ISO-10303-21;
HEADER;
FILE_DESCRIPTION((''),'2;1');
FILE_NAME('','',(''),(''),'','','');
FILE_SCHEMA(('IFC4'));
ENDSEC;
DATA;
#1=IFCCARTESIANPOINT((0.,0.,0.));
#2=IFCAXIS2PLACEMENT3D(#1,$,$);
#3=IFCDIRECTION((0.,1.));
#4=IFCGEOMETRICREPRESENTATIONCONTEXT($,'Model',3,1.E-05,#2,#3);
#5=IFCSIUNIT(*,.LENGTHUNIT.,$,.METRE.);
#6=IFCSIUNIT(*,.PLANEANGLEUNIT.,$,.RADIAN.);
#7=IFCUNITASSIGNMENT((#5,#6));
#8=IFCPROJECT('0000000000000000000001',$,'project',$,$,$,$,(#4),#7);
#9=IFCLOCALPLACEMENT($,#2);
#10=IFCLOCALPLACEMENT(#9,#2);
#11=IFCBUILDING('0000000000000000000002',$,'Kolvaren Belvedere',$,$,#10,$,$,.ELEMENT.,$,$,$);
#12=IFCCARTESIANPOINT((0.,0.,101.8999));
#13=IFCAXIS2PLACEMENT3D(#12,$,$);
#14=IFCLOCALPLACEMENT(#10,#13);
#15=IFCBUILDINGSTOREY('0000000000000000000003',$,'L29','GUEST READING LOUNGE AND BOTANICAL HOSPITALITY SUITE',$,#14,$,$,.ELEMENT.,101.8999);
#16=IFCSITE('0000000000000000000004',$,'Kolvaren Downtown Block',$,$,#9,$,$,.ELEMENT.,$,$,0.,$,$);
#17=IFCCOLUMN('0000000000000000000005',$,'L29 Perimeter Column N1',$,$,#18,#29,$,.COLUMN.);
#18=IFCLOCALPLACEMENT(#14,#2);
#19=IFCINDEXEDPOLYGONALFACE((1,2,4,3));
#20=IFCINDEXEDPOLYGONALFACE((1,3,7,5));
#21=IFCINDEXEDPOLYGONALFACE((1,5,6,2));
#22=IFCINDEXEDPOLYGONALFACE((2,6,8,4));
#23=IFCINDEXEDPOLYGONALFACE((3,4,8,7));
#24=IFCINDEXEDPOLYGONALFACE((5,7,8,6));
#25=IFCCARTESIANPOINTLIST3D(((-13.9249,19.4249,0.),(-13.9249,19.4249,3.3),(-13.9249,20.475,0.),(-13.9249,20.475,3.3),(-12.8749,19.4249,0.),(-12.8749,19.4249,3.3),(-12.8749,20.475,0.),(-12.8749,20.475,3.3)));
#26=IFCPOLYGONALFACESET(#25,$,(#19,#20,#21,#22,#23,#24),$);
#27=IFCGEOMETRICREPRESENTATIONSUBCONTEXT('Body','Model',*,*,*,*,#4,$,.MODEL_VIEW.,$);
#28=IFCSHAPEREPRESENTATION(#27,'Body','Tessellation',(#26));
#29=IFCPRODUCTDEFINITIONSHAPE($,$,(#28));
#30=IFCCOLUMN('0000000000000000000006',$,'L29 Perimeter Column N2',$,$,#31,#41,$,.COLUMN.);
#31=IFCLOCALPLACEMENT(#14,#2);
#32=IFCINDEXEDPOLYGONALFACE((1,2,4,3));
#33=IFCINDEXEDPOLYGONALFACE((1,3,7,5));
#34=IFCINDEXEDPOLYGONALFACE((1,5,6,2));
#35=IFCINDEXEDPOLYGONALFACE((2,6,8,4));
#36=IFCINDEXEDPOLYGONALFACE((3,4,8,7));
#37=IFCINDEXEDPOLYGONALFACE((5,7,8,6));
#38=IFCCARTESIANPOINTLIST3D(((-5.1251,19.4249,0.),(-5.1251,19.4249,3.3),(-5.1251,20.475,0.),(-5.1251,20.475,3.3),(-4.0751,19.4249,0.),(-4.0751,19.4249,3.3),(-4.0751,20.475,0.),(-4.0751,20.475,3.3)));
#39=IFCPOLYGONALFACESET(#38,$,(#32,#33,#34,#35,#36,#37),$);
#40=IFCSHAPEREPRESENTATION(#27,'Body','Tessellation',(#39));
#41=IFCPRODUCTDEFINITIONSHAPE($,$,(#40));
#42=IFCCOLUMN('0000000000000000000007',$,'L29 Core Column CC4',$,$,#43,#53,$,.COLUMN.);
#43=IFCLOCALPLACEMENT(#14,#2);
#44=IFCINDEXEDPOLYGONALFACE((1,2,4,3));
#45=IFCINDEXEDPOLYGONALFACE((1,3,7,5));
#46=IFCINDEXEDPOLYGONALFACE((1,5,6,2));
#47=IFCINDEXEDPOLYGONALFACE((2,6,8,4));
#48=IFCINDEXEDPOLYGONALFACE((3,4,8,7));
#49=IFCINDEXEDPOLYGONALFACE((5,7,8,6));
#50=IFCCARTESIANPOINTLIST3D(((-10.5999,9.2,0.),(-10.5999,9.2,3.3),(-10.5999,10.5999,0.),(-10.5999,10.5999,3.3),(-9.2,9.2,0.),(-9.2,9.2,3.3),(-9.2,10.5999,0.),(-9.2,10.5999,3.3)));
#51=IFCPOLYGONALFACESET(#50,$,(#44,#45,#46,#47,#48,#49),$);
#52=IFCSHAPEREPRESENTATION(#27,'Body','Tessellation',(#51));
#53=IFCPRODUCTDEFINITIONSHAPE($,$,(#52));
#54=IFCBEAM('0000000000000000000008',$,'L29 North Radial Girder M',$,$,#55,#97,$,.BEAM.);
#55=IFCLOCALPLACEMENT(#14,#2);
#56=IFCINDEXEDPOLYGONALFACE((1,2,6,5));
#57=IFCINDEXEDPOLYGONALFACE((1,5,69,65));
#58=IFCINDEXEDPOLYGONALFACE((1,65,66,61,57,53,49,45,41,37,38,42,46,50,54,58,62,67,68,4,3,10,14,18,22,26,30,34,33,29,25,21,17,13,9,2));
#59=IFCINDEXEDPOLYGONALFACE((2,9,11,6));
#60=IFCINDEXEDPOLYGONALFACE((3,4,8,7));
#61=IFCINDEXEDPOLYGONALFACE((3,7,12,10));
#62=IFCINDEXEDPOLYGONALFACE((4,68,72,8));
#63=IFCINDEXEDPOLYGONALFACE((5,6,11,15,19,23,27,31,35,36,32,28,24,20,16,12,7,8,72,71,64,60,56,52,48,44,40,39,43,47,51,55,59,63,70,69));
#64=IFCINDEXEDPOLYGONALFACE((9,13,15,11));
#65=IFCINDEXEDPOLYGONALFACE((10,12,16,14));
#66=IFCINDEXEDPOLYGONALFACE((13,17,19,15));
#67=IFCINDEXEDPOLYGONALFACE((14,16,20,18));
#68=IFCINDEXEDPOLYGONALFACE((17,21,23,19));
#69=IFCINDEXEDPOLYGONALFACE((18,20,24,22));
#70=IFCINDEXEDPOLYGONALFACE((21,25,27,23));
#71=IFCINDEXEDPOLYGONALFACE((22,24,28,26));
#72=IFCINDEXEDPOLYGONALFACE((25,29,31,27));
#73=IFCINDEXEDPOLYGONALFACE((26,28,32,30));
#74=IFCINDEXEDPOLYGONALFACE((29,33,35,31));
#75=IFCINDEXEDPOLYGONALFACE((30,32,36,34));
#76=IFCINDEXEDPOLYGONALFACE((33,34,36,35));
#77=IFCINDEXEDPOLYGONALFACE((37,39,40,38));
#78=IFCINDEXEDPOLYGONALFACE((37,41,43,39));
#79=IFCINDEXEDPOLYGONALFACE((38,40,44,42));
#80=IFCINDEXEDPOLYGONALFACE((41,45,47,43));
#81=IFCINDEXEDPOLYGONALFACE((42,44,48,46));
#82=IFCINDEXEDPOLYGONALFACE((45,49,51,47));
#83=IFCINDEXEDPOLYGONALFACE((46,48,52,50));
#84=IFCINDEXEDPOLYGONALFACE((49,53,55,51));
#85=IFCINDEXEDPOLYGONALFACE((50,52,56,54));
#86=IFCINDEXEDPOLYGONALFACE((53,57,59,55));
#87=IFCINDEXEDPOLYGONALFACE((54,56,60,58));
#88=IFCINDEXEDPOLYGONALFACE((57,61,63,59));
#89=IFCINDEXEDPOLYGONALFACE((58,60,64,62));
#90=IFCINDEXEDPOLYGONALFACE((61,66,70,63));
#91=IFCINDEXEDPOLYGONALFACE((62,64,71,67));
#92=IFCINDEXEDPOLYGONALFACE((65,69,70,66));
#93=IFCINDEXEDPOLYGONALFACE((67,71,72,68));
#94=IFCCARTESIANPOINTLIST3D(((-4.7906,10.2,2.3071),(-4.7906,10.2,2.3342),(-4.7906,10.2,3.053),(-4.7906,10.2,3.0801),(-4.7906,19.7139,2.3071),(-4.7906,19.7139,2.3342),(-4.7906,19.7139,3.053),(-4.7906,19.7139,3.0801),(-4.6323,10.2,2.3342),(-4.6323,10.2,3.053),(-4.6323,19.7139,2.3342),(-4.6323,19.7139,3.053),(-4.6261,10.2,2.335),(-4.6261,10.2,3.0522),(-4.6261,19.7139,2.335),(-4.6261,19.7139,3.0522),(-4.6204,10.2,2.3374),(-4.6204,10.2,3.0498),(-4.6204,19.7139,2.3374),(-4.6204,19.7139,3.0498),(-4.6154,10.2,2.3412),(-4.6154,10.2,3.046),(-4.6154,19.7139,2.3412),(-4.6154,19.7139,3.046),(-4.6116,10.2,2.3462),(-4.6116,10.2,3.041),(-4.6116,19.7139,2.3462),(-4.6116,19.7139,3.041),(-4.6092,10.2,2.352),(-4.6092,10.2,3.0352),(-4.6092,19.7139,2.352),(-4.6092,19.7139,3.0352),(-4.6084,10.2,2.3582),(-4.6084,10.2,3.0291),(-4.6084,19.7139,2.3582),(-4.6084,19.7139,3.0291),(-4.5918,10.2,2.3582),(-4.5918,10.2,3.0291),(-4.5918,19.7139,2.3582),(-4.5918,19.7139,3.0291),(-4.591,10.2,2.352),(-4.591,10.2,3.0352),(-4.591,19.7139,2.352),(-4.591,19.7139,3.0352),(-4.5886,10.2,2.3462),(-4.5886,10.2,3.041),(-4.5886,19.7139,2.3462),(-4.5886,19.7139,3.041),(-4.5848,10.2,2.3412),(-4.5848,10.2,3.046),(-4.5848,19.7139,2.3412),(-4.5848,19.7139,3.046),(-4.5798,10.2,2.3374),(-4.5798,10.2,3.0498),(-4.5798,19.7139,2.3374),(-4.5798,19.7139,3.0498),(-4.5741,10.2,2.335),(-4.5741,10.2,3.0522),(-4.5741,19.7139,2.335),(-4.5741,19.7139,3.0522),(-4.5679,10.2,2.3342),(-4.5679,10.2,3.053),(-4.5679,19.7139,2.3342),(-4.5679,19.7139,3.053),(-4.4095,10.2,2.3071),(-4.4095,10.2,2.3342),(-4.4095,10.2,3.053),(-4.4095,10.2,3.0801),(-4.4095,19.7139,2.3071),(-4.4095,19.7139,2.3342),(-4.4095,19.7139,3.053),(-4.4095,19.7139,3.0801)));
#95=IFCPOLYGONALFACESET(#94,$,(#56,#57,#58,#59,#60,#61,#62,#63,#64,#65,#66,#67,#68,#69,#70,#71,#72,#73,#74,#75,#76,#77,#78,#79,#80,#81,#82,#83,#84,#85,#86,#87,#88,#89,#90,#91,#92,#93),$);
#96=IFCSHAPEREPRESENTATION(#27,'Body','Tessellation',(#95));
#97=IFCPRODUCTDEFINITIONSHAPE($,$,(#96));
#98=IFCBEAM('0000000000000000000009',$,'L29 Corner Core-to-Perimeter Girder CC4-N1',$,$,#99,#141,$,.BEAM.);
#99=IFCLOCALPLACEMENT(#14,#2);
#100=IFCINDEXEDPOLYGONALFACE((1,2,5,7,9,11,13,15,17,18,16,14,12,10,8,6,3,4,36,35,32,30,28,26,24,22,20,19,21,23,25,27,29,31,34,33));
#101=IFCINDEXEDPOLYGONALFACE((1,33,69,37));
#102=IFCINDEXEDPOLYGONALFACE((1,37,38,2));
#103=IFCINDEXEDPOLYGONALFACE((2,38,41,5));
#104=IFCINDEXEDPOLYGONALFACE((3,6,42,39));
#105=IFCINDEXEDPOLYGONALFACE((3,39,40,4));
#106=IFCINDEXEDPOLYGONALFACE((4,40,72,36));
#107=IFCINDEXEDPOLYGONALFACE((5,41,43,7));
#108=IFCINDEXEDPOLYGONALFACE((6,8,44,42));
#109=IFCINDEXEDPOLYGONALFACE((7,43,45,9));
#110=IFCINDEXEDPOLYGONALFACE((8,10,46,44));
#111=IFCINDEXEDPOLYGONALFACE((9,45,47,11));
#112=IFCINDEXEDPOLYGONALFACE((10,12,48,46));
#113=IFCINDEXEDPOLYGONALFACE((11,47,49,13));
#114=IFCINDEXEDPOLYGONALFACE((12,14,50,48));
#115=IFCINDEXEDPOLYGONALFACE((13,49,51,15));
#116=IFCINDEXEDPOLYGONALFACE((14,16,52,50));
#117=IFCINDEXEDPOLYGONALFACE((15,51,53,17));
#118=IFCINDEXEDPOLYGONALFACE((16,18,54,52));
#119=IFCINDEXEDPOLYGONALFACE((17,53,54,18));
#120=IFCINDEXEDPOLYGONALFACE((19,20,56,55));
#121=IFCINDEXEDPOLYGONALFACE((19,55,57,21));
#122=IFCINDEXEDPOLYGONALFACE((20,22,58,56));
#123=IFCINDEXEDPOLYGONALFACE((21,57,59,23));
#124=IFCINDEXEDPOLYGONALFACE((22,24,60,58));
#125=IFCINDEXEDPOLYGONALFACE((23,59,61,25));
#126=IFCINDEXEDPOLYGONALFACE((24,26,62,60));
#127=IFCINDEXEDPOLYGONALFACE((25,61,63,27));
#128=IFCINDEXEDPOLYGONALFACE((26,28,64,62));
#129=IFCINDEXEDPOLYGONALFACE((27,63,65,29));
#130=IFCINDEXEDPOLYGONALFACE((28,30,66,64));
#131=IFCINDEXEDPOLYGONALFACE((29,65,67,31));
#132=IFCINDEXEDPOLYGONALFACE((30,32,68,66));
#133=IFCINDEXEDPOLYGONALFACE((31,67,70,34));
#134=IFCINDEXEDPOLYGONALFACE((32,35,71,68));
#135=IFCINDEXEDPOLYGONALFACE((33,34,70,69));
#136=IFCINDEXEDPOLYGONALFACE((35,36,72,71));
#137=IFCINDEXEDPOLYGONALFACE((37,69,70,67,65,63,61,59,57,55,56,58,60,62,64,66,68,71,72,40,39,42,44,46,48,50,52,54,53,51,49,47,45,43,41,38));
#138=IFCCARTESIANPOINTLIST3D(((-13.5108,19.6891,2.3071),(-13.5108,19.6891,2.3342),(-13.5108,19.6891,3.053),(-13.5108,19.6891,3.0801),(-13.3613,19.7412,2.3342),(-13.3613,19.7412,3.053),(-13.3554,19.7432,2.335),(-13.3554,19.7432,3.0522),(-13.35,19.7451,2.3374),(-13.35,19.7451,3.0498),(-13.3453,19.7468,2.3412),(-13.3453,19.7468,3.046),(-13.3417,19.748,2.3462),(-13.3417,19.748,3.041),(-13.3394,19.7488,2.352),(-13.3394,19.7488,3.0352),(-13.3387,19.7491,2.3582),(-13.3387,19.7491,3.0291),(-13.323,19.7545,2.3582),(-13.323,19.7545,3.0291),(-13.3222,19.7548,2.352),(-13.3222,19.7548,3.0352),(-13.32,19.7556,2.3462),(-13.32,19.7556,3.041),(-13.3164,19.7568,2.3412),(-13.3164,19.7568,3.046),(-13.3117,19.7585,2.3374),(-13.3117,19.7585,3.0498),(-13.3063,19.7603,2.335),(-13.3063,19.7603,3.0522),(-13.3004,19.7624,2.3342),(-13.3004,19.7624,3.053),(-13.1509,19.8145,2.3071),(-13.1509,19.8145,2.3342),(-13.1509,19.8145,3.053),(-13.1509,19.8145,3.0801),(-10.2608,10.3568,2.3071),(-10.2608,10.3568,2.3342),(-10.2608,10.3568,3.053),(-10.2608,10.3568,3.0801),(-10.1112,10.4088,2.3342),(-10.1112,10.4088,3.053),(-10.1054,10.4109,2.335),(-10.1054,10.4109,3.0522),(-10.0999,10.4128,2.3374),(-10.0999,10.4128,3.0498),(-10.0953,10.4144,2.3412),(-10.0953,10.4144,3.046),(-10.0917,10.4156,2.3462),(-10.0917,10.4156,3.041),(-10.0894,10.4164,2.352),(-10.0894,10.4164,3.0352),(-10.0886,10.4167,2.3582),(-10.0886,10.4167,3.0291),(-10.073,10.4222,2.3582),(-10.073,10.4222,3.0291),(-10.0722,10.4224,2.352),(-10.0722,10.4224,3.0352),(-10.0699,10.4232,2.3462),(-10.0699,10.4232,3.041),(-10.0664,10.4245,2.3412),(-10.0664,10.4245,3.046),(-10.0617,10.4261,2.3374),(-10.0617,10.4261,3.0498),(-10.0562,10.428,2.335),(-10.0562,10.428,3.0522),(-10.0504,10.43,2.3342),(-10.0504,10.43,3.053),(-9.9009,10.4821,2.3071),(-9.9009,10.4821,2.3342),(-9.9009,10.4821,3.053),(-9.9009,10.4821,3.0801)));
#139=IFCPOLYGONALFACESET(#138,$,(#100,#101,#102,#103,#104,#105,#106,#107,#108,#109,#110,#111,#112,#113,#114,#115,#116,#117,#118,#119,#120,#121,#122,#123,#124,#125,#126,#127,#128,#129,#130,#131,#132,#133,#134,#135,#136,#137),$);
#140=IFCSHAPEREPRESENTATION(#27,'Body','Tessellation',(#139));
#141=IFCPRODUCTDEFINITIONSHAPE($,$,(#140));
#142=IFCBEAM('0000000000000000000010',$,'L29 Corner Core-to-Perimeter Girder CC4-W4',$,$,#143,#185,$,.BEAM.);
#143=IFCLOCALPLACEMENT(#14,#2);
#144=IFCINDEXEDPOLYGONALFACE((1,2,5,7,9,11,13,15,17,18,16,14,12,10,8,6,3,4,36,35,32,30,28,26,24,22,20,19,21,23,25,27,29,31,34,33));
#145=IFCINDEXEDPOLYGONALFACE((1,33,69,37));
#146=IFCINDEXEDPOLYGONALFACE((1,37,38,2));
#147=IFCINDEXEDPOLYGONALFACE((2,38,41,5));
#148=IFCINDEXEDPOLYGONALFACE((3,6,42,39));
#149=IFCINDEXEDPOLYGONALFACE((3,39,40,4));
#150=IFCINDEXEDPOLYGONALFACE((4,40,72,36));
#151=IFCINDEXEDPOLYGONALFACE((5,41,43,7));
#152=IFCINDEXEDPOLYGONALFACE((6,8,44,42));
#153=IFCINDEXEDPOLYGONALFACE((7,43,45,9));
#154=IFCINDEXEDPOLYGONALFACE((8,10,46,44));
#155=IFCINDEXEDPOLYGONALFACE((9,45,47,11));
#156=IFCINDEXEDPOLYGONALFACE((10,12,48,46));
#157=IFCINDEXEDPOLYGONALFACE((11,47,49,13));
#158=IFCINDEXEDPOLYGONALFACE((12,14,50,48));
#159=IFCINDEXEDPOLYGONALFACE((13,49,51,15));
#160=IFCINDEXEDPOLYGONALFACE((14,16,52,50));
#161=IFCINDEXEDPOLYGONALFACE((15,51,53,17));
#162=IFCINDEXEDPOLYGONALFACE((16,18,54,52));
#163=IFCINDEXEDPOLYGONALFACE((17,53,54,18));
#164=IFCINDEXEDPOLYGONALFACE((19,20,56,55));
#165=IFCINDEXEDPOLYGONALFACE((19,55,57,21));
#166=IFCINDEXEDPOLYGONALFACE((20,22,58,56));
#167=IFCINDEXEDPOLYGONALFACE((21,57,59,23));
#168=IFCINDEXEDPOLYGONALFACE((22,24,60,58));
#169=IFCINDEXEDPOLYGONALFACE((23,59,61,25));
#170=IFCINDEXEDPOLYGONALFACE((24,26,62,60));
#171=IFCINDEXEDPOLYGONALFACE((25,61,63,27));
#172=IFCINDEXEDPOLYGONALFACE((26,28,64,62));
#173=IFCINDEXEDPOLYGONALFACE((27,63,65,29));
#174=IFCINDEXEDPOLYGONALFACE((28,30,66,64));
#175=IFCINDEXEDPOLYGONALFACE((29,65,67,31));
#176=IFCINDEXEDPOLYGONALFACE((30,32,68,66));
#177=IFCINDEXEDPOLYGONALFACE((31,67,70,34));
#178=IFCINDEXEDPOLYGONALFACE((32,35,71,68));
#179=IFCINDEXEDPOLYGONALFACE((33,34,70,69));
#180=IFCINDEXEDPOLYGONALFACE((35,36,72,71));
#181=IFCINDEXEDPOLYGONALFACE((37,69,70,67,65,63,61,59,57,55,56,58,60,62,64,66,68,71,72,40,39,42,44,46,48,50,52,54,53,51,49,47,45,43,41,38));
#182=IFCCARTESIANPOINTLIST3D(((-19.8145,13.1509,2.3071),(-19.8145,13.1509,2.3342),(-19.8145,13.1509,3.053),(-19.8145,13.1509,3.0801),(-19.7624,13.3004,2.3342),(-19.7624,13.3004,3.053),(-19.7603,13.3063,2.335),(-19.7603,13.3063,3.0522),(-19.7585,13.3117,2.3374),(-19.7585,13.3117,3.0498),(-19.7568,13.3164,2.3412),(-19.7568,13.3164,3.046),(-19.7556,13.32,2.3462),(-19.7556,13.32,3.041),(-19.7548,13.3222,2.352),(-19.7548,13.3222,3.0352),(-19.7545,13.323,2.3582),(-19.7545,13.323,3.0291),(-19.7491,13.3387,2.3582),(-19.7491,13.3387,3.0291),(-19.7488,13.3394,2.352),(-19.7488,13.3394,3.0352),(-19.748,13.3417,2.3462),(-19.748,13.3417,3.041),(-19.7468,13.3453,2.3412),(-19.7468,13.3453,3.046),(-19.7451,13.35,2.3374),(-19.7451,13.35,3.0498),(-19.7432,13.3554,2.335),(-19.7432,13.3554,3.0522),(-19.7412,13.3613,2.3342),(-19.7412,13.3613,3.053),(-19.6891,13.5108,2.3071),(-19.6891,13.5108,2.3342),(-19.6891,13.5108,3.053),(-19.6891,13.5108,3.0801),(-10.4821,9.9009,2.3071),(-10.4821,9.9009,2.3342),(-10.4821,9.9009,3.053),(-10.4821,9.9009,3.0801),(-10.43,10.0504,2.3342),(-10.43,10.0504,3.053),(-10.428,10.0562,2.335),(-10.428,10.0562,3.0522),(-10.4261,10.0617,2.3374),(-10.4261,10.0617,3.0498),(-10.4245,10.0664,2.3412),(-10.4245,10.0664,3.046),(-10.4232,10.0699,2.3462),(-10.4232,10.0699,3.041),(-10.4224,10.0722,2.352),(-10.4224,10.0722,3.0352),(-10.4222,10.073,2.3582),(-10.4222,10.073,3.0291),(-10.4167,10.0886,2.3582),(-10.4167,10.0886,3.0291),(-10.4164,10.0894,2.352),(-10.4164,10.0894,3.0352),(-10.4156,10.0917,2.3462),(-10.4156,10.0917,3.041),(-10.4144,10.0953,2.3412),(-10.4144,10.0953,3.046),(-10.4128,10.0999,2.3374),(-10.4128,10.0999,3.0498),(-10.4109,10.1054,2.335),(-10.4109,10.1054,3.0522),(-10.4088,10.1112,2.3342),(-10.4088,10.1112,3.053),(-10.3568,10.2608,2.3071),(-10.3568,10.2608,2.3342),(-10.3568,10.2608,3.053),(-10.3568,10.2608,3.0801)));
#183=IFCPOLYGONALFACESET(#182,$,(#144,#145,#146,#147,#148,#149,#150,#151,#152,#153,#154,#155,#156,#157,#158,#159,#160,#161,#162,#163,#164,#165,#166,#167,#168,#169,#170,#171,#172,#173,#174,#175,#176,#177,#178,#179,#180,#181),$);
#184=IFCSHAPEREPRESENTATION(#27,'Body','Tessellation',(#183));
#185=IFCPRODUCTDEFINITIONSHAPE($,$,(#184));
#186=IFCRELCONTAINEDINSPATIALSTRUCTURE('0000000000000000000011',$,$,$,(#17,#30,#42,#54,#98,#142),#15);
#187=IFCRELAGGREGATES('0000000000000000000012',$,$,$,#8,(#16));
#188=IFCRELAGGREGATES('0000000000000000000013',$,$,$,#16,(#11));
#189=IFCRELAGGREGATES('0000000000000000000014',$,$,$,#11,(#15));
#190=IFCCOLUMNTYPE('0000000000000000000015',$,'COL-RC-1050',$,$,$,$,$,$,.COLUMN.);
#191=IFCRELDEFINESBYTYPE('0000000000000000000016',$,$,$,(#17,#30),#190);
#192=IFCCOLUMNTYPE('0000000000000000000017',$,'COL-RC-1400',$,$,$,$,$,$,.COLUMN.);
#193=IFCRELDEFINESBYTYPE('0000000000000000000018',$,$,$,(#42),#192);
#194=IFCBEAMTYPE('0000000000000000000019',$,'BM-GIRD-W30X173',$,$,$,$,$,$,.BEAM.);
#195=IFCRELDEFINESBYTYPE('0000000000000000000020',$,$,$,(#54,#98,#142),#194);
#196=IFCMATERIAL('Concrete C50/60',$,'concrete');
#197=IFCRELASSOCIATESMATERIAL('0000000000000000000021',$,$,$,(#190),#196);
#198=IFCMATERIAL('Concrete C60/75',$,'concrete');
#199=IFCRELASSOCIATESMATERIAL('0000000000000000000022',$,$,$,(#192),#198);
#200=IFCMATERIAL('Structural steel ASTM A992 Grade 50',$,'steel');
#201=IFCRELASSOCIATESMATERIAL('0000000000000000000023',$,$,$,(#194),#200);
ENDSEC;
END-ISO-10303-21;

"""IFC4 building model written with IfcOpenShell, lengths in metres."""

from ifc_helpers import new_model, si_unit, direction, frame, origin, origin_2d, place, context, subcontext, project, spatial, rectangle, i_section, extrude, material, material_profile, profile_set, type_object, element, save


model = new_model("IFC4")

# Units and contexts
model_context = context("Model", 3, precision=1e-05, world=origin(), true_north=direction((0.0, 1.0)))
body_context = subcontext(model_context, "Body", "Model", "MODEL_VIEW")
ifc_project = project(units=[si_unit("LENGTHUNIT", "METRE"), si_unit("PLANEANGLEUNIT", "RADIAN")], contexts=[model_context])

# Site, building, storey
site_placement = place(None, origin())
site = spatial("IfcSite", under=ifc_project, at=site_placement, Name="Kolvaren Downtown Block", CompositionType="ELEMENT", RefElevation=0.0)
building_placement = place(site_placement, origin())
building = spatial("IfcBuilding", under=site, at=building_placement, Name="Kolvaren Belvedere", CompositionType="ELEMENT")
storey_placement = place(building_placement, frame((0.0, 0.0, 101.8999)))
storey = spatial("IfcBuildingStorey", under=building, at=storey_placement, Name="L29", Description="GUEST READING LOUNGE AND BOTANICAL HOSPITALITY SUITE", CompositionType="ELEMENT", Elevation=101.8999)

# Columns
ifc_material_1 = material(Name="Concrete C50/60", Category="concrete")
ifc_material_profile_1 = material_profile(ifc_material_1, rectangle(XDim=1.05, YDim=1.05, at=origin_2d()), Name="RC 1050X1050")
ifc_profile_set_1 = profile_set([ifc_material_profile_1], Name="Concrete C50/60")
column_type_1 = type_object("IfcColumnType", Name="COL-RC-1050", PredefinedType="COLUMN", material=ifc_profile_set_1)
for number, where, z_axis, x_axis, name in (
    (1, (-13.3999, 19.95, 0.0), (0.0, 0.0, 1.0), (1.0, 0.0, 0.0), "L29 Perimeter Column N1"),
    (2, (-4.6001, 19.95, 0.0), (0.0, 0.0, 1.0), (1.0, 0.0, 0.0), "L29 Perimeter Column N2"),
):
    element("IfcColumn", number, at=place(storey_placement, frame(where, z_axis=z_axis, x_axis=x_axis)), inside=storey, type_object=column_type_1, Name=name, PredefinedType="COLUMN", context=body_context, shape_type="SweptSolid", body=[
        extrude(rectangle(XDim=1.05, YDim=1.05, at=origin_2d()), origin(), (0.0, 0.0, 1.0), 3.3),
    ])
ifc_material_2 = material(Name="Concrete C60/75", Category="concrete")
ifc_material_profile_2 = material_profile(ifc_material_2, rectangle(XDim=1.3999, YDim=1.3999, at=origin_2d()), Name="RC 1400X1400")
ifc_profile_set_2 = profile_set([ifc_material_profile_2], Name="Concrete C60/75")
column_type_2 = type_object("IfcColumnType", Name="COL-RC-1400", PredefinedType="COLUMN", material=ifc_profile_set_2)
column_placement = place(storey_placement, frame((-9.8999, 9.8999, 0.0), z_axis=(0.0, 0.0, 1.0), x_axis=(1.0, 0.0, 0.0)))
element("IfcColumn", 3, at=column_placement, inside=storey, type_object=column_type_2, Name="L29 Core Column CC4", PredefinedType="COLUMN", context=body_context, shape_type="SweptSolid", body=[
    extrude(rectangle(XDim=1.3999, YDim=1.3999, at=origin_2d()), origin(), (0.0, 0.0, 1.0), 3.3),
])

# Beams
ifc_material_3 = material(Name="Structural steel ASTM A992 Grade 50", Category="steel")
ifc_material_profile_3 = material_profile(ifc_material_3, i_section(OverallWidth=0.3811, OverallDepth=0.7729, WebThickness=0.0166, FlangeThickness=0.0271, FilletRadius=0.0239, at=origin_2d()), Name="W30X173")
ifc_profile_set_3 = profile_set([ifc_material_profile_3], Name="Structural steel ASTM A992 Grade 50")
beam_type_1 = type_object("IfcBeamType", Name="BM-GIRD-W30X173", PredefinedType="BEAM", material=ifc_profile_set_3)
beam_1_placement = place(storey_placement, frame((-4.6001, 10.2, 2.6936), z_axis=(0.0, 1.0, 0.0), x_axis=(-1.0, 0.0, 0.0)))
element("IfcBeam", 4, at=beam_1_placement, inside=storey, type_object=beam_type_1, Name="L29 North Radial Girder M", PredefinedType="BEAM", context=body_context, shape_type="SweptSolid", body=[
    extrude(i_section(OverallWidth=0.3811, OverallDepth=0.7729, WebThickness=0.0166, FlangeThickness=0.0271, FilletRadius=0.0239, at=origin_2d()), origin(), (0.0, 0.0, 1.0), 9.5139),
])
for number, where, z_axis, x_axis, name in (
    (5, (-10.0808, 10.4194, 2.6936), (-0.328881, 0.944371, 0.0), (-0.944371, -0.328881, 0.0), "L29 Corner Core-to-Perimeter Girder CC4-N1"),
    (6, (-10.4194, 10.0808, 2.6936), (-0.944371, 0.328881, 0.0), (-0.328881, -0.944371, 0.0), "L29 Corner Core-to-Perimeter Girder CC4-W4"),
):
    element("IfcBeam", number, at=place(storey_placement, frame(where, z_axis=z_axis, x_axis=x_axis)), inside=storey, type_object=beam_type_1, Name=name, PredefinedType="BEAM", context=body_context, shape_type="SweptSolid", body=[
        extrude(i_section(OverallWidth=0.3811, OverallDepth=0.7729, WebThickness=0.0166, FlangeThickness=0.0271, FilletRadius=0.0239, at=origin_2d()), origin(), (0.0, 0.0, 1.0), 9.8821),
    ])

save(model, "model.ifc")
